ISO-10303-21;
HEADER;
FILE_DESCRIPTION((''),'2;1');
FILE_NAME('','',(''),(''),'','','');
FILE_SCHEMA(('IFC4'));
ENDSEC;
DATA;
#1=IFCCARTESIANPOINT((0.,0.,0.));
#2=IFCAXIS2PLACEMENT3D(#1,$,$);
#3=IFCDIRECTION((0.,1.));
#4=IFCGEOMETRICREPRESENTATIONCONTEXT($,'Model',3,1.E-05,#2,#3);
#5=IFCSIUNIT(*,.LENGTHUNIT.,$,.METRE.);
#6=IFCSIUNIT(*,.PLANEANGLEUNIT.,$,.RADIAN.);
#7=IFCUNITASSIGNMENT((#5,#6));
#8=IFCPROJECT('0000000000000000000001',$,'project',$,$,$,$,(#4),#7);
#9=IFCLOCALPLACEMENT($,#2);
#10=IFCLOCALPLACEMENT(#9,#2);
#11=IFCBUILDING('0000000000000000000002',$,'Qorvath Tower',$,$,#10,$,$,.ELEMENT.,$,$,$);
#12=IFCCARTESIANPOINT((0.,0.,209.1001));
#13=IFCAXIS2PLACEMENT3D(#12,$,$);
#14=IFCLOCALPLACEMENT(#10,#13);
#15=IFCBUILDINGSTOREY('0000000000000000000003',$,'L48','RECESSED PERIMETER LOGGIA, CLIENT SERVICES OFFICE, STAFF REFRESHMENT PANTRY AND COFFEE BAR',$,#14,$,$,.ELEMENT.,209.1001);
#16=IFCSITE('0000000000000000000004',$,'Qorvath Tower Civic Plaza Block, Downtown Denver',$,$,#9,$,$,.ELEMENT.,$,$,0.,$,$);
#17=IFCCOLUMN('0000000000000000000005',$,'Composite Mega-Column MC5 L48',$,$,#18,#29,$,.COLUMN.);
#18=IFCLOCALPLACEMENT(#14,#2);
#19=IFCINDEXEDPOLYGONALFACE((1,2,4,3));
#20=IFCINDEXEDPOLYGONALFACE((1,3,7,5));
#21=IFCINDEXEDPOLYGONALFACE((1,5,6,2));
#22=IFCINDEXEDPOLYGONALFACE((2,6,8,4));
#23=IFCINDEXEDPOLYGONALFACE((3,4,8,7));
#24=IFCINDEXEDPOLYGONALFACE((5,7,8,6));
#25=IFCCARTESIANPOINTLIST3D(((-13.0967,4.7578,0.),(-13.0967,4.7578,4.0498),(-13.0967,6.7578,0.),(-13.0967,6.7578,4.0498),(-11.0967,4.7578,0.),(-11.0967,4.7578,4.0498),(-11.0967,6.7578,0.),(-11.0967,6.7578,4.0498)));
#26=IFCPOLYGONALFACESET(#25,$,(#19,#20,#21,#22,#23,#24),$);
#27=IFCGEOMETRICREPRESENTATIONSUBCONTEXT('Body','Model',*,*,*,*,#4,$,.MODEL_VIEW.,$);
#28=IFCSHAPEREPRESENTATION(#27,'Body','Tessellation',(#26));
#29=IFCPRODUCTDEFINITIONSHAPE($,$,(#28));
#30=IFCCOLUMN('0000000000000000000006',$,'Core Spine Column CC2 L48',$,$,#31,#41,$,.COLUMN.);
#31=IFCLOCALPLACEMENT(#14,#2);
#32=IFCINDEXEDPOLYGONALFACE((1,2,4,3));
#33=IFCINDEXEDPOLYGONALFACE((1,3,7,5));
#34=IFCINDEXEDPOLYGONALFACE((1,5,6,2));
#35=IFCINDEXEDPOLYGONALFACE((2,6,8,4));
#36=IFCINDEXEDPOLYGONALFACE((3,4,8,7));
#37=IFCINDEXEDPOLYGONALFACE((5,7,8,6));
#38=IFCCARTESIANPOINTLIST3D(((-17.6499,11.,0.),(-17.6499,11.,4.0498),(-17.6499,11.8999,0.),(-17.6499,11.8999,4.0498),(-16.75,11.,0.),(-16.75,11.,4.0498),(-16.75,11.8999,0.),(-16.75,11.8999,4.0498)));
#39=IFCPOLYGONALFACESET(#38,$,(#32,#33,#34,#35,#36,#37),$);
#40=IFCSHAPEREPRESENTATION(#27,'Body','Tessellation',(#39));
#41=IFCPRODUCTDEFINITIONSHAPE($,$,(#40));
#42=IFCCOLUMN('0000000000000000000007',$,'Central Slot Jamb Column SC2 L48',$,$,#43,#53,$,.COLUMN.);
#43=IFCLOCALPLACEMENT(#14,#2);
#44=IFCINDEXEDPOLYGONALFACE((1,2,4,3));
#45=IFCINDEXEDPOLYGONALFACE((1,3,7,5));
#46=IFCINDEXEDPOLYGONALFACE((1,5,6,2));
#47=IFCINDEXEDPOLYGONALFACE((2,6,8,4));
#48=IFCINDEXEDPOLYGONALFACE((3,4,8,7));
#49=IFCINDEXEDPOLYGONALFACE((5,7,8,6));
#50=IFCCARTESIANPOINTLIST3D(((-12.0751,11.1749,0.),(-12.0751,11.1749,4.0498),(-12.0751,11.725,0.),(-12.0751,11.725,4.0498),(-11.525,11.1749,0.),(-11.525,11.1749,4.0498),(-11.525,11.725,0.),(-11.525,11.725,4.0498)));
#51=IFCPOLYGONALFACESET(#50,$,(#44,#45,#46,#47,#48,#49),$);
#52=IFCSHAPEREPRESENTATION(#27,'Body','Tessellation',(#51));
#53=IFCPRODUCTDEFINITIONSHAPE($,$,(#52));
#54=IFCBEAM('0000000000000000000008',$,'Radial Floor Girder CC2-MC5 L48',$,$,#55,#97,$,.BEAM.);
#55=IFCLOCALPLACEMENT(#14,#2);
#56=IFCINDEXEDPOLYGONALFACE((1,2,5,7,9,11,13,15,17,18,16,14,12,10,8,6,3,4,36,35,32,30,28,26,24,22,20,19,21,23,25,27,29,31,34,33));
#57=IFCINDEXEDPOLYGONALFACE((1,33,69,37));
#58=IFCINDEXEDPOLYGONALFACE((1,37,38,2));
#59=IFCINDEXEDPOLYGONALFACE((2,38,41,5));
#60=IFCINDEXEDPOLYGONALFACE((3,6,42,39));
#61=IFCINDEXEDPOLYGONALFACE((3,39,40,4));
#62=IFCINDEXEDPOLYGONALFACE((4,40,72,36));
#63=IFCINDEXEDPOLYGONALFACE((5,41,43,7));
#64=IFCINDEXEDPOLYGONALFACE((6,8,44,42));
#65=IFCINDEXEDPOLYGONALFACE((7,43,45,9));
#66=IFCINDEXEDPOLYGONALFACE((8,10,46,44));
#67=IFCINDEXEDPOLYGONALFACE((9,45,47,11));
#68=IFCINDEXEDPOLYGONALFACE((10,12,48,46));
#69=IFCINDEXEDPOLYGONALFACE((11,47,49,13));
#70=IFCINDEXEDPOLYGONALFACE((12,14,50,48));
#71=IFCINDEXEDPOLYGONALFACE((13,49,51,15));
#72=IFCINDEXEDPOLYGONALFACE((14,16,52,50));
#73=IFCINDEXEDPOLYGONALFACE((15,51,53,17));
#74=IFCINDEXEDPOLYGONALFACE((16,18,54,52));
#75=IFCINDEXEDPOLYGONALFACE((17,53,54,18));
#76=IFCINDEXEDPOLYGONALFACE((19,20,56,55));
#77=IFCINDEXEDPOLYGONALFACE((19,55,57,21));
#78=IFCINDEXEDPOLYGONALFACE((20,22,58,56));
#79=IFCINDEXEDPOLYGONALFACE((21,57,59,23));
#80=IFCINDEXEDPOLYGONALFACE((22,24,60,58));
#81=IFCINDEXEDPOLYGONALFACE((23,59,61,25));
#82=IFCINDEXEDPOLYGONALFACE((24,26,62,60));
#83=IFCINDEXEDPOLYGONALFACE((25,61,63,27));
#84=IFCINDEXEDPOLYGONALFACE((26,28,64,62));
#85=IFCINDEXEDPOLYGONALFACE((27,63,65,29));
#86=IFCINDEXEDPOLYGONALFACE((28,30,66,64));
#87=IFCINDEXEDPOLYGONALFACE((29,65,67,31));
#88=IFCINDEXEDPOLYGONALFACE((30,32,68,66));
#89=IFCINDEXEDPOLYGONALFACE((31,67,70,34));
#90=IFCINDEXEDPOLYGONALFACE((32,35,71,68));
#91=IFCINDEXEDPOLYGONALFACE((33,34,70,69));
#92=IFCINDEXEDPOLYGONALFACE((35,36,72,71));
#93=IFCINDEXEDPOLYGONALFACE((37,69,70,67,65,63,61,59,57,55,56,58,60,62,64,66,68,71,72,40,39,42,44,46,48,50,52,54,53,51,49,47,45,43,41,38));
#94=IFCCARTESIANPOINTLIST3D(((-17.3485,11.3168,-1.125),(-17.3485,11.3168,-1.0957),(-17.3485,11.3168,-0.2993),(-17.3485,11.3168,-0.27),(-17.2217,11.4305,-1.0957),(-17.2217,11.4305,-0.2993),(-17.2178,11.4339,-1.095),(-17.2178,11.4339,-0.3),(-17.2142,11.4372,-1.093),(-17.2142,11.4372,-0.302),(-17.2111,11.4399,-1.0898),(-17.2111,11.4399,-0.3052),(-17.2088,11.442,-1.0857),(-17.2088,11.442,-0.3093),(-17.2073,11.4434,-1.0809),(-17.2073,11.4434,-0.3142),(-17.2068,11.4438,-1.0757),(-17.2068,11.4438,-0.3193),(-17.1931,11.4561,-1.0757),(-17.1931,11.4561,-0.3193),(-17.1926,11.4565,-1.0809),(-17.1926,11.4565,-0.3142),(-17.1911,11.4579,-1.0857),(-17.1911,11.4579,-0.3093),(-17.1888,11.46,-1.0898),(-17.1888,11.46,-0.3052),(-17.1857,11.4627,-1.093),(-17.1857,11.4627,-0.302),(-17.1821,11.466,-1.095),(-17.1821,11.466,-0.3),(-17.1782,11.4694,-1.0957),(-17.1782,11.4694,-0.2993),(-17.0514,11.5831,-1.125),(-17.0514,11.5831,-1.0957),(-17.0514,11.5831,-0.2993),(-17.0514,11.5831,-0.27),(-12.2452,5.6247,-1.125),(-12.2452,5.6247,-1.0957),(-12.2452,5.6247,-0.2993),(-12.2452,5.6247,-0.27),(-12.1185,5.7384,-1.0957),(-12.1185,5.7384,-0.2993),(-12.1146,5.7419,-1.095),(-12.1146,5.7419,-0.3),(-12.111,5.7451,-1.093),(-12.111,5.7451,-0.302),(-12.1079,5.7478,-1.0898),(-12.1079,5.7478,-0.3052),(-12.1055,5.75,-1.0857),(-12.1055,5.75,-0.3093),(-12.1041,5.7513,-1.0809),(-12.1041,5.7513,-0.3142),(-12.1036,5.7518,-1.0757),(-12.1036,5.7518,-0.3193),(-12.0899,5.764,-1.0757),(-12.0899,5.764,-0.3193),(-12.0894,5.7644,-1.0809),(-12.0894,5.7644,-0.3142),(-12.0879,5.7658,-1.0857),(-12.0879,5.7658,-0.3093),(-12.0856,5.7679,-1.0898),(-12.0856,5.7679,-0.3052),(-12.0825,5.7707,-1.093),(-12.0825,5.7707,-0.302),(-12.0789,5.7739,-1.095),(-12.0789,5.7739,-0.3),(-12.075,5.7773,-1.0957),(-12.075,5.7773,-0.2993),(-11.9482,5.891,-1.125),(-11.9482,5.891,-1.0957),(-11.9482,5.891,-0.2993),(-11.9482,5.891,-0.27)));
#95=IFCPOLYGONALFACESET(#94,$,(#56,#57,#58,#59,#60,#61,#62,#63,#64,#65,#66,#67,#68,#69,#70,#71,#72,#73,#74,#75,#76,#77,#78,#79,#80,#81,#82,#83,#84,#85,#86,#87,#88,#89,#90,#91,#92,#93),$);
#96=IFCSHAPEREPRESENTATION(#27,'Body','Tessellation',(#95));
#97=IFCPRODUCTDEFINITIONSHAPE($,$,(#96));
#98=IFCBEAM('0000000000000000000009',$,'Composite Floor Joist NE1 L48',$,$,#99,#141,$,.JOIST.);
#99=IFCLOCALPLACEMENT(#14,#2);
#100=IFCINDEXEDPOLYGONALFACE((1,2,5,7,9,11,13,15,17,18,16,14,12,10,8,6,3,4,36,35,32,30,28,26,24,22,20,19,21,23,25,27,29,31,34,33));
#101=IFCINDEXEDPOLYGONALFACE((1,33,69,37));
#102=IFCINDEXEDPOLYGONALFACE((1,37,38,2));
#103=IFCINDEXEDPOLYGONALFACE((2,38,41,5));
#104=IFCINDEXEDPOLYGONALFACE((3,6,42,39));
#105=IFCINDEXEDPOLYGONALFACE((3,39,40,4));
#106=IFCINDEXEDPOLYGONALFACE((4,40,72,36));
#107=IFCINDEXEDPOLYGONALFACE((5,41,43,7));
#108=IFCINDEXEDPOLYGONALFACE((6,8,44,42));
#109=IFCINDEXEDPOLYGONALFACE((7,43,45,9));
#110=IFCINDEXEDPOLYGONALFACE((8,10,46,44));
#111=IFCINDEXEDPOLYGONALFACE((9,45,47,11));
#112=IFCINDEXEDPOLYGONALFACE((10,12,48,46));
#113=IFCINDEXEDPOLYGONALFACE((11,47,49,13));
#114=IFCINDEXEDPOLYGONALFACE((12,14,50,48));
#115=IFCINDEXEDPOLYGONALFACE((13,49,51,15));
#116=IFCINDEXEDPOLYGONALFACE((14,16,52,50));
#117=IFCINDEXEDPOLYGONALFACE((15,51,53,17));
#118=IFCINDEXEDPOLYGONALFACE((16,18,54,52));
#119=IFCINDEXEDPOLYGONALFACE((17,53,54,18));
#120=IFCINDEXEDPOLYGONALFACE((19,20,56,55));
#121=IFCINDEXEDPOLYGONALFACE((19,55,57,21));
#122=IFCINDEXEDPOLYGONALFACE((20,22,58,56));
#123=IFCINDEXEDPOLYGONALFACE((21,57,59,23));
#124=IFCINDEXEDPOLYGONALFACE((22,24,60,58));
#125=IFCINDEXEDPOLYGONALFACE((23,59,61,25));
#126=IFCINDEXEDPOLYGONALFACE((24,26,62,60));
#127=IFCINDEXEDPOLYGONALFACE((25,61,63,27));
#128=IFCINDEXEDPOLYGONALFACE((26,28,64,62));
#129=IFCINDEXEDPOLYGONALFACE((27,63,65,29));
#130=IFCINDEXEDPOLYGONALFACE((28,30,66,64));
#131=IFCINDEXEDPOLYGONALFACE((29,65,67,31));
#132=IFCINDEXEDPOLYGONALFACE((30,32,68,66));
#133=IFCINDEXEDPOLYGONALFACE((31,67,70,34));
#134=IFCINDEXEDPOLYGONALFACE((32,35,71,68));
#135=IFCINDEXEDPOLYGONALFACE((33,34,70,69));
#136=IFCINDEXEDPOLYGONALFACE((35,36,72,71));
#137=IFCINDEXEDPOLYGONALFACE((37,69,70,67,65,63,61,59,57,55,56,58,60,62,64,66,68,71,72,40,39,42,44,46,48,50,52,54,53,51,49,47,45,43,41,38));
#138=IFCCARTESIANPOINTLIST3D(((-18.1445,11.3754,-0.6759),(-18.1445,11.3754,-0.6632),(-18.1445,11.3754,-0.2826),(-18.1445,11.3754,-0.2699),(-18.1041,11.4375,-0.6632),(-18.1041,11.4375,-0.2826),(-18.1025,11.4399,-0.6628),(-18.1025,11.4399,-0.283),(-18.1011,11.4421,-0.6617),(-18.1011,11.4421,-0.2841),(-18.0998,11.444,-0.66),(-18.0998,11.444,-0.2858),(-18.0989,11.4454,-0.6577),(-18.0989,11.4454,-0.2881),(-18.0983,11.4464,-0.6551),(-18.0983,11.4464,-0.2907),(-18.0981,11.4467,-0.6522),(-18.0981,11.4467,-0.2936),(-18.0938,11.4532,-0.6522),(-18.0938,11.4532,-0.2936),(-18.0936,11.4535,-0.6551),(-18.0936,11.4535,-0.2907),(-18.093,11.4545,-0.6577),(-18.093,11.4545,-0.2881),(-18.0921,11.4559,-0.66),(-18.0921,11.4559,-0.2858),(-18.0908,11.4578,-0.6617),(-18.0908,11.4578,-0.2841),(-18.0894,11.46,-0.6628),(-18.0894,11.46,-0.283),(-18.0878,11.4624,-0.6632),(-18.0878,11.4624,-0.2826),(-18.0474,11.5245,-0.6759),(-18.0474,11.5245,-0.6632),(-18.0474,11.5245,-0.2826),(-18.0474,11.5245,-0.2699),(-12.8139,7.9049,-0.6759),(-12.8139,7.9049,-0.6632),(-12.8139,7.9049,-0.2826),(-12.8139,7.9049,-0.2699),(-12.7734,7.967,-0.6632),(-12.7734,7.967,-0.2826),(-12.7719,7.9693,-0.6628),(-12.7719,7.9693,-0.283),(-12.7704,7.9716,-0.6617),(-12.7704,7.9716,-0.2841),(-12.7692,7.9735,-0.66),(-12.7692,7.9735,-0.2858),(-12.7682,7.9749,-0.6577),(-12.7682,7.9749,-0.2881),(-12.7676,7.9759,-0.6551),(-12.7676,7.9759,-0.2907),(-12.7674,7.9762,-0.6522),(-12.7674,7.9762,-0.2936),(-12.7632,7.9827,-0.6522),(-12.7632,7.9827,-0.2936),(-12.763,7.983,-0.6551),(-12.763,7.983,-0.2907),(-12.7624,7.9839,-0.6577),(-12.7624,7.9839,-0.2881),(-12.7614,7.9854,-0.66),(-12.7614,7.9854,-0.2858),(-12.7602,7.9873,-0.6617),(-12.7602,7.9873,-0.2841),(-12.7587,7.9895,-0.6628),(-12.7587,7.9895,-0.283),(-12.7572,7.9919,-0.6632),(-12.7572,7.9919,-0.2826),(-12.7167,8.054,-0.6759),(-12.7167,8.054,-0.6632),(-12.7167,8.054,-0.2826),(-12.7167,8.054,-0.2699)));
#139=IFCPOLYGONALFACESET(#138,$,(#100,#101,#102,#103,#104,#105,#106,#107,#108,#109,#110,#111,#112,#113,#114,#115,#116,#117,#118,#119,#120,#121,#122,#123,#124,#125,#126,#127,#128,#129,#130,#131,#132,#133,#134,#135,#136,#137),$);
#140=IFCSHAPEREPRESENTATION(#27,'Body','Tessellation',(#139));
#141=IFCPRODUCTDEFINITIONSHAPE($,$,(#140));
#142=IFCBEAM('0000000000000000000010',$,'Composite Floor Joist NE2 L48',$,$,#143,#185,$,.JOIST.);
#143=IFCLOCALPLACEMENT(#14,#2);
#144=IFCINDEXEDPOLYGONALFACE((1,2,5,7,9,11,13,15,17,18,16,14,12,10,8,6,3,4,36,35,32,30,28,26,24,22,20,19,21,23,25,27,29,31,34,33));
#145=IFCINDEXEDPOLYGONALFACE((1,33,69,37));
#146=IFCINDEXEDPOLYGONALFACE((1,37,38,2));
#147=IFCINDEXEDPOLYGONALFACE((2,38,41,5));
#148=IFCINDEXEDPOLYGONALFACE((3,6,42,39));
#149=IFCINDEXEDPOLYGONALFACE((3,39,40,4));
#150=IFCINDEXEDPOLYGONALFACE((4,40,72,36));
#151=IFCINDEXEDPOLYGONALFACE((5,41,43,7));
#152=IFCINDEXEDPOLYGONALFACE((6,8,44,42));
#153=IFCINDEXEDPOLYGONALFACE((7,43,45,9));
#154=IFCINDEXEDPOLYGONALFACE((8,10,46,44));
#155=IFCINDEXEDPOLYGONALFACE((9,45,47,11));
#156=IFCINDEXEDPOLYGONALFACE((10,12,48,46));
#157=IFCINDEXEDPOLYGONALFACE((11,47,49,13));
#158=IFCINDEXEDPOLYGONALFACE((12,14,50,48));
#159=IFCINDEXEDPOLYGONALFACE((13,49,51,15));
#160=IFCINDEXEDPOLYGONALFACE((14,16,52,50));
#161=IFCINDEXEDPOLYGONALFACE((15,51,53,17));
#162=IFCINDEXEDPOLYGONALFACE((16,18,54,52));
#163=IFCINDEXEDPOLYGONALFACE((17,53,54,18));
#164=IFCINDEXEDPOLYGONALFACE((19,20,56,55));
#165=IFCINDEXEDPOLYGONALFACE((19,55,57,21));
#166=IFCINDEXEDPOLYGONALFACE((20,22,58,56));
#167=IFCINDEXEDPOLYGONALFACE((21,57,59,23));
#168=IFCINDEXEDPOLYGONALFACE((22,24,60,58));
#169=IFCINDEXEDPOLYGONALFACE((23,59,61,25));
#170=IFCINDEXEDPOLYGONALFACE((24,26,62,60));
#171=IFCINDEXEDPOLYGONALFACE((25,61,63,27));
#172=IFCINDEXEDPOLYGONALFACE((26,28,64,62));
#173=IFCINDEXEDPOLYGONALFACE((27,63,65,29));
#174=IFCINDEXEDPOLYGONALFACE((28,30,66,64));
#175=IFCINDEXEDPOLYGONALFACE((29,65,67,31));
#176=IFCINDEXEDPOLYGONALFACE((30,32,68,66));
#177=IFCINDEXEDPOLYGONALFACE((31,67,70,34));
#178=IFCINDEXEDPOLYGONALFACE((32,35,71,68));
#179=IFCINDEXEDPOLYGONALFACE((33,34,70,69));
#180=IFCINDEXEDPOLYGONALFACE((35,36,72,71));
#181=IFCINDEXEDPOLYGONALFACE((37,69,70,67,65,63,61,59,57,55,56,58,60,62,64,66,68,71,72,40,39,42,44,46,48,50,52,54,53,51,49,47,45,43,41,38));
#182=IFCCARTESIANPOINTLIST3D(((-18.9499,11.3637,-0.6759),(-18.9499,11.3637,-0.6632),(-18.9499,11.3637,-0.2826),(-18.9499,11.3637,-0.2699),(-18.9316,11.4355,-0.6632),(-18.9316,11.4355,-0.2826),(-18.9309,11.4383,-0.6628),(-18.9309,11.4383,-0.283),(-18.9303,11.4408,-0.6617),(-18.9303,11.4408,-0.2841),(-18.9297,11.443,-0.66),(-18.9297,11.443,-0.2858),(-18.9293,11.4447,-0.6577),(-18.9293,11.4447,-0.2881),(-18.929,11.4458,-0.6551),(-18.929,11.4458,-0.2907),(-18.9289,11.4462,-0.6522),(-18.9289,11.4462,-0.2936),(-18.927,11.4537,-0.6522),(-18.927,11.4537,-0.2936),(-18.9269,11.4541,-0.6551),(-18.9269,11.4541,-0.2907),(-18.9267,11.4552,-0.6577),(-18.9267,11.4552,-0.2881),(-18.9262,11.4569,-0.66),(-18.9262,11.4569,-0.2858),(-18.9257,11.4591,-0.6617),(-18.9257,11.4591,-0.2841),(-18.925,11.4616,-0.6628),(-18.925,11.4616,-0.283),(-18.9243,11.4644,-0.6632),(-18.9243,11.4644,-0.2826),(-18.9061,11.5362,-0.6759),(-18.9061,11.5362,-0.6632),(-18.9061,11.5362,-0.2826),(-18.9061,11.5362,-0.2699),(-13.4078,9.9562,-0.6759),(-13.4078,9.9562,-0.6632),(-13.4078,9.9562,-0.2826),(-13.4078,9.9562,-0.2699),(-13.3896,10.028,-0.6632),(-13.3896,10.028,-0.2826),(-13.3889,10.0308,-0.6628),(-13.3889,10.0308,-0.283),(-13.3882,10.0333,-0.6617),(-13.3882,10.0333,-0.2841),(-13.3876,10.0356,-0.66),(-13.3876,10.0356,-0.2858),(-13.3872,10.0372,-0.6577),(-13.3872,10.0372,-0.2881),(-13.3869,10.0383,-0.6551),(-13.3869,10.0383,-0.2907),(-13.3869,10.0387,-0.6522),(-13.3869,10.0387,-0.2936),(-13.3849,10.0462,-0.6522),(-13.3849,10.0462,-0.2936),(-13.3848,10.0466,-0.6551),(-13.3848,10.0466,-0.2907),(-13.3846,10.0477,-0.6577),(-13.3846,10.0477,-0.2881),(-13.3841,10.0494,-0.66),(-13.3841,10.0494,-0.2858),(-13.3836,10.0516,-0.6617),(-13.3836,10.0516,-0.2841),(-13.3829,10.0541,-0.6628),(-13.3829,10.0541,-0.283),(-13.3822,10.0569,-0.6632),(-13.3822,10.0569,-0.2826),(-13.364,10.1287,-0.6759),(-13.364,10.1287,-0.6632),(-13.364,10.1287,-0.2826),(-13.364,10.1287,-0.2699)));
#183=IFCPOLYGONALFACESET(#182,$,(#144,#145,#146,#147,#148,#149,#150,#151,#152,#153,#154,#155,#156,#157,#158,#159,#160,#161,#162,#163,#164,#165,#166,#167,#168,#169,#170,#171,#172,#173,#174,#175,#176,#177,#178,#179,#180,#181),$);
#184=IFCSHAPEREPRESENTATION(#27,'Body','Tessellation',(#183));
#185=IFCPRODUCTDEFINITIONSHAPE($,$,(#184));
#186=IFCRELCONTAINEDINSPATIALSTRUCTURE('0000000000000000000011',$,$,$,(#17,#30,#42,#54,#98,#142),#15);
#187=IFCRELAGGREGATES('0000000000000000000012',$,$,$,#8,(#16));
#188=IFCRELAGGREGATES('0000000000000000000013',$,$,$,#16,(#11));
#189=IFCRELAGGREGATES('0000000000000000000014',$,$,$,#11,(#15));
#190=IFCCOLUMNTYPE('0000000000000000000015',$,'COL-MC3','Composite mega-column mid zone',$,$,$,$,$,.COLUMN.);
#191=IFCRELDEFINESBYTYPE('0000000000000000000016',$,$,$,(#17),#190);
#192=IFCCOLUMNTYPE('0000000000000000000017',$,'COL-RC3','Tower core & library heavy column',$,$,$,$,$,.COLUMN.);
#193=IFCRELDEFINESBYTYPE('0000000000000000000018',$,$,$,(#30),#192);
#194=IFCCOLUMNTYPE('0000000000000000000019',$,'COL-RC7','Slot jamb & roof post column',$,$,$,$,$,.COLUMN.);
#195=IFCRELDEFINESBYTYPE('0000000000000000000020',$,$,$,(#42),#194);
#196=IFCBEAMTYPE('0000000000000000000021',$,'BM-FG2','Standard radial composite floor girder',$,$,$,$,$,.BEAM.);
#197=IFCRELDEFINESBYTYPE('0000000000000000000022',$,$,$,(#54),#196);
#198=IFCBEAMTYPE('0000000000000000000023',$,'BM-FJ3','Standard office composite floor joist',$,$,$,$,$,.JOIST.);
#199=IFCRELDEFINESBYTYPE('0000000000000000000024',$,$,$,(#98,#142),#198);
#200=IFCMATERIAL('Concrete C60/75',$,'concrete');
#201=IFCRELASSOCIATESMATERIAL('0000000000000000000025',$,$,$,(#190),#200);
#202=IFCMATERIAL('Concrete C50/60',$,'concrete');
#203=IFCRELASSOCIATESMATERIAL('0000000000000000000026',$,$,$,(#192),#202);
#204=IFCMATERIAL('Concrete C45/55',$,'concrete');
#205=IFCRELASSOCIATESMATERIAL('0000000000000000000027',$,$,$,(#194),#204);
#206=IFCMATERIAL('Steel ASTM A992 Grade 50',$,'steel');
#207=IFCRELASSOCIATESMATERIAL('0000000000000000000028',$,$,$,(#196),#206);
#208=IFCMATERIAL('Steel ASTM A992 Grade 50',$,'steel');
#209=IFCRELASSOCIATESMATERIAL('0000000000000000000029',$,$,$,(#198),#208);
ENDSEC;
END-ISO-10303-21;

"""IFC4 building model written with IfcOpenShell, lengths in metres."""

from ifc_helpers import new_model, si_unit, direction, frame, origin, origin_2d, place, context, subcontext, project, spatial, rectangle, i_section, extrude, material, material_profile, profile_set, type_object, element, save


model = new_model("IFC4")

# Units and contexts
model_context = context("Model", 3, precision=1e-05, world=origin(), true_north=direction((0.0, 1.0)))
body_context = subcontext(model_context, "Body", "Model", "MODEL_VIEW")
ifc_project = project(units=[si_unit("LENGTHUNIT", "METRE"), si_unit("PLANEANGLEUNIT", "RADIAN")], contexts=[model_context])

# Site, building, storey
site_placement = place(None, origin())
site = spatial("IfcSite", under=ifc_project, at=site_placement, Name="Qorvath Tower Civic Plaza Block, Downtown Denver", CompositionType="ELEMENT", RefElevation=0.0)
building_placement = place(site_placement, origin())
building = spatial("IfcBuilding", under=site, at=building_placement, Name="Qorvath Tower", CompositionType="ELEMENT")
storey_placement = place(building_placement, frame((0.0, 0.0, 209.1001)))
storey = spatial("IfcBuildingStorey", under=building, at=storey_placement, Name="L48", Description="RECESSED PERIMETER LOGGIA, CLIENT SERVICES OFFICE, STAFF REFRESHMENT PANTRY AND COFFEE BAR", CompositionType="ELEMENT", Elevation=209.1001)

# Columns
ifc_material_1 = material(Name="Concrete C60/75", Category="concrete")
ifc_material_profile_1 = material_profile(ifc_material_1, rectangle(XDim=2.0, YDim=2.0, at=origin_2d()), Name="MC 2000x2000")
ifc_profile_set_1 = profile_set([ifc_material_profile_1], Name="Concrete C60/75")
column_type_1 = type_object("IfcColumnType", Name="COL-MC3", Description="Composite mega-column mid zone", PredefinedType="COLUMN", material=ifc_profile_set_1)
column_1_placement = place(storey_placement, frame((-12.0967, 5.7578, 0.0), z_axis=(0.0, 0.0, 1.0), x_axis=(1.0, 0.0, 0.0)))
element("IfcColumn", 1, at=column_1_placement, inside=storey, type_object=column_type_1, Name="Composite Mega-Column MC5 L48", PredefinedType="COLUMN", context=body_context, shape_type="SweptSolid", body=[
    extrude(rectangle(XDim=2.0, YDim=2.0, at=origin_2d()), origin(), (0.0, 0.0, 1.0), 4.0498),
])
ifc_material_2 = material(Name="Concrete C50/60", Category="concrete")
ifc_material_profile_2 = material_profile(ifc_material_2, rectangle(XDim=0.8999, YDim=0.8999, at=origin_2d()), Name="RC 900x900")
ifc_profile_set_2 = profile_set([ifc_material_profile_2], Name="Concrete C50/60")
column_type_2 = type_object("IfcColumnType", Name="COL-RC3", Description="Tower core & library heavy column", PredefinedType="COLUMN", material=ifc_profile_set_2)
column_2_placement = place(storey_placement, frame((-17.2, 11.45, 0.0), z_axis=(0.0, 0.0, 1.0), x_axis=(1.0, 0.0, 0.0)))
element("IfcColumn", 2, at=column_2_placement, inside=storey, type_object=column_type_2, Name="Core Spine Column CC2 L48", PredefinedType="COLUMN", context=body_context, shape_type="SweptSolid", body=[
    extrude(rectangle(XDim=0.8999, YDim=0.8999, at=origin_2d()), origin(), (0.0, 0.0, 1.0), 4.0498),
])
ifc_material_3 = material(Name="Concrete C45/55", Category="concrete")
ifc_material_profile_3 = material_profile(ifc_material_3, rectangle(XDim=0.55, YDim=0.55, at=origin_2d()), Name="RC 550x550")
ifc_profile_set_3 = profile_set([ifc_material_profile_3], Name="Concrete C45/55")
column_type_3 = type_object("IfcColumnType", Name="COL-RC7", Description="Slot jamb & roof post column", PredefinedType="COLUMN", material=ifc_profile_set_3)
column_3_placement = place(storey_placement, frame((-11.8, 11.45, 0.0), z_axis=(0.0, 0.0, 1.0), x_axis=(1.0, 0.0, 0.0)))
element("IfcColumn", 3, at=column_3_placement, inside=storey, type_object=column_type_3, Name="Central Slot Jamb Column SC2 L48", PredefinedType="COLUMN", context=body_context, shape_type="SweptSolid", body=[
    extrude(rectangle(XDim=0.55, YDim=0.55, at=origin_2d()), origin(), (0.0, 0.0, 1.0), 4.0498),
])

# Beams
ifc_material_4 = material(Name="Steel ASTM A992 Grade 50", Category="steel")
ifc_material_profile_4 = material_profile(ifc_material_4, i_section(OverallWidth=0.3989, OverallDepth=0.855, WebThickness=0.0183, FlangeThickness=0.0293, FilletRadius=0.02, at=origin_2d()), Name="W33x201")
ifc_profile_set_4 = profile_set([ifc_material_profile_4], Name="Steel ASTM A992 Grade 50")
beam_type_1 = type_object("IfcBeamType", Name="BM-FG2", Description="Standard radial composite floor girder", PredefinedType="BEAM", material=ifc_profile_set_4)
beam_1_placement = place(storey_placement, frame((-17.2, 11.45, -0.6975), z_axis=(0.667543, -0.744571, 0.0), x_axis=(0.744571, 0.667543, 0.0)))
element("IfcBeam", 4, at=beam_1_placement, inside=storey, type_object=beam_type_1, Name="Radial Floor Girder CC2-MC5 L48", PredefinedType="BEAM", context=body_context, shape_type="SweptSolid", body=[
    extrude(i_section(OverallWidth=0.3989, OverallDepth=0.855, WebThickness=0.0183, FlangeThickness=0.0293, FilletRadius=0.02, at=origin_2d()), origin(), (0.0, 0.0, 1.0), 7.6448),
])
ifc_material_5 = material(Name="Steel ASTM A992 Grade 50", Category="steel")
ifc_material_profile_5 = material_profile(ifc_material_5, i_section(OverallWidth=0.178, OverallDepth=0.406, WebThickness=0.0078, FlangeThickness=0.0127, FilletRadius=0.011, at=origin_2d()), Name="W16x40")
ifc_profile_set_5 = profile_set([ifc_material_profile_5], Name="Steel ASTM A992 Grade 50")
beam_type_2 = type_object("IfcBeamType", Name="BM-FJ3", Description="Standard office composite floor joist", PredefinedType="JOIST", material=ifc_profile_set_5)
beam_2_placement = place(storey_placement, frame((-18.0959, 11.45, -0.4729), z_axis=(0.838042, -0.545606, 0.0), x_axis=(0.545606, 0.838042, 0.0)))
element("IfcBeam", 5, at=beam_2_placement, inside=storey, type_object=beam_type_2, Name="Composite Floor Joist NE1 L48", PredefinedType="JOIST", context=body_context, shape_type="SweptSolid", body=[
    extrude(i_section(OverallWidth=0.178, OverallDepth=0.406, WebThickness=0.0078, FlangeThickness=0.0127, FilletRadius=0.011, at=origin_2d()), origin(), (0.0, 0.0, 1.0), 6.3608),
])
beam_3_placement = place(storey_placement, frame((-18.928, 11.45, -0.4729), z_axis=(0.969232, -0.246151, 0.0), x_axis=(0.246151, 0.969232, 0.0)))
element("IfcBeam", 6, at=beam_3_placement, inside=storey, type_object=beam_type_2, Name="Composite Floor Joist NE2 L48", PredefinedType="JOIST", context=body_context, shape_type="SweptSolid", body=[
    extrude(i_section(OverallWidth=0.178, OverallDepth=0.406, WebThickness=0.0078, FlangeThickness=0.0127, FilletRadius=0.011, at=origin_2d()), origin(), (0.0, 0.0, 1.0), 5.718),
])

save(model, "model.ifc")
